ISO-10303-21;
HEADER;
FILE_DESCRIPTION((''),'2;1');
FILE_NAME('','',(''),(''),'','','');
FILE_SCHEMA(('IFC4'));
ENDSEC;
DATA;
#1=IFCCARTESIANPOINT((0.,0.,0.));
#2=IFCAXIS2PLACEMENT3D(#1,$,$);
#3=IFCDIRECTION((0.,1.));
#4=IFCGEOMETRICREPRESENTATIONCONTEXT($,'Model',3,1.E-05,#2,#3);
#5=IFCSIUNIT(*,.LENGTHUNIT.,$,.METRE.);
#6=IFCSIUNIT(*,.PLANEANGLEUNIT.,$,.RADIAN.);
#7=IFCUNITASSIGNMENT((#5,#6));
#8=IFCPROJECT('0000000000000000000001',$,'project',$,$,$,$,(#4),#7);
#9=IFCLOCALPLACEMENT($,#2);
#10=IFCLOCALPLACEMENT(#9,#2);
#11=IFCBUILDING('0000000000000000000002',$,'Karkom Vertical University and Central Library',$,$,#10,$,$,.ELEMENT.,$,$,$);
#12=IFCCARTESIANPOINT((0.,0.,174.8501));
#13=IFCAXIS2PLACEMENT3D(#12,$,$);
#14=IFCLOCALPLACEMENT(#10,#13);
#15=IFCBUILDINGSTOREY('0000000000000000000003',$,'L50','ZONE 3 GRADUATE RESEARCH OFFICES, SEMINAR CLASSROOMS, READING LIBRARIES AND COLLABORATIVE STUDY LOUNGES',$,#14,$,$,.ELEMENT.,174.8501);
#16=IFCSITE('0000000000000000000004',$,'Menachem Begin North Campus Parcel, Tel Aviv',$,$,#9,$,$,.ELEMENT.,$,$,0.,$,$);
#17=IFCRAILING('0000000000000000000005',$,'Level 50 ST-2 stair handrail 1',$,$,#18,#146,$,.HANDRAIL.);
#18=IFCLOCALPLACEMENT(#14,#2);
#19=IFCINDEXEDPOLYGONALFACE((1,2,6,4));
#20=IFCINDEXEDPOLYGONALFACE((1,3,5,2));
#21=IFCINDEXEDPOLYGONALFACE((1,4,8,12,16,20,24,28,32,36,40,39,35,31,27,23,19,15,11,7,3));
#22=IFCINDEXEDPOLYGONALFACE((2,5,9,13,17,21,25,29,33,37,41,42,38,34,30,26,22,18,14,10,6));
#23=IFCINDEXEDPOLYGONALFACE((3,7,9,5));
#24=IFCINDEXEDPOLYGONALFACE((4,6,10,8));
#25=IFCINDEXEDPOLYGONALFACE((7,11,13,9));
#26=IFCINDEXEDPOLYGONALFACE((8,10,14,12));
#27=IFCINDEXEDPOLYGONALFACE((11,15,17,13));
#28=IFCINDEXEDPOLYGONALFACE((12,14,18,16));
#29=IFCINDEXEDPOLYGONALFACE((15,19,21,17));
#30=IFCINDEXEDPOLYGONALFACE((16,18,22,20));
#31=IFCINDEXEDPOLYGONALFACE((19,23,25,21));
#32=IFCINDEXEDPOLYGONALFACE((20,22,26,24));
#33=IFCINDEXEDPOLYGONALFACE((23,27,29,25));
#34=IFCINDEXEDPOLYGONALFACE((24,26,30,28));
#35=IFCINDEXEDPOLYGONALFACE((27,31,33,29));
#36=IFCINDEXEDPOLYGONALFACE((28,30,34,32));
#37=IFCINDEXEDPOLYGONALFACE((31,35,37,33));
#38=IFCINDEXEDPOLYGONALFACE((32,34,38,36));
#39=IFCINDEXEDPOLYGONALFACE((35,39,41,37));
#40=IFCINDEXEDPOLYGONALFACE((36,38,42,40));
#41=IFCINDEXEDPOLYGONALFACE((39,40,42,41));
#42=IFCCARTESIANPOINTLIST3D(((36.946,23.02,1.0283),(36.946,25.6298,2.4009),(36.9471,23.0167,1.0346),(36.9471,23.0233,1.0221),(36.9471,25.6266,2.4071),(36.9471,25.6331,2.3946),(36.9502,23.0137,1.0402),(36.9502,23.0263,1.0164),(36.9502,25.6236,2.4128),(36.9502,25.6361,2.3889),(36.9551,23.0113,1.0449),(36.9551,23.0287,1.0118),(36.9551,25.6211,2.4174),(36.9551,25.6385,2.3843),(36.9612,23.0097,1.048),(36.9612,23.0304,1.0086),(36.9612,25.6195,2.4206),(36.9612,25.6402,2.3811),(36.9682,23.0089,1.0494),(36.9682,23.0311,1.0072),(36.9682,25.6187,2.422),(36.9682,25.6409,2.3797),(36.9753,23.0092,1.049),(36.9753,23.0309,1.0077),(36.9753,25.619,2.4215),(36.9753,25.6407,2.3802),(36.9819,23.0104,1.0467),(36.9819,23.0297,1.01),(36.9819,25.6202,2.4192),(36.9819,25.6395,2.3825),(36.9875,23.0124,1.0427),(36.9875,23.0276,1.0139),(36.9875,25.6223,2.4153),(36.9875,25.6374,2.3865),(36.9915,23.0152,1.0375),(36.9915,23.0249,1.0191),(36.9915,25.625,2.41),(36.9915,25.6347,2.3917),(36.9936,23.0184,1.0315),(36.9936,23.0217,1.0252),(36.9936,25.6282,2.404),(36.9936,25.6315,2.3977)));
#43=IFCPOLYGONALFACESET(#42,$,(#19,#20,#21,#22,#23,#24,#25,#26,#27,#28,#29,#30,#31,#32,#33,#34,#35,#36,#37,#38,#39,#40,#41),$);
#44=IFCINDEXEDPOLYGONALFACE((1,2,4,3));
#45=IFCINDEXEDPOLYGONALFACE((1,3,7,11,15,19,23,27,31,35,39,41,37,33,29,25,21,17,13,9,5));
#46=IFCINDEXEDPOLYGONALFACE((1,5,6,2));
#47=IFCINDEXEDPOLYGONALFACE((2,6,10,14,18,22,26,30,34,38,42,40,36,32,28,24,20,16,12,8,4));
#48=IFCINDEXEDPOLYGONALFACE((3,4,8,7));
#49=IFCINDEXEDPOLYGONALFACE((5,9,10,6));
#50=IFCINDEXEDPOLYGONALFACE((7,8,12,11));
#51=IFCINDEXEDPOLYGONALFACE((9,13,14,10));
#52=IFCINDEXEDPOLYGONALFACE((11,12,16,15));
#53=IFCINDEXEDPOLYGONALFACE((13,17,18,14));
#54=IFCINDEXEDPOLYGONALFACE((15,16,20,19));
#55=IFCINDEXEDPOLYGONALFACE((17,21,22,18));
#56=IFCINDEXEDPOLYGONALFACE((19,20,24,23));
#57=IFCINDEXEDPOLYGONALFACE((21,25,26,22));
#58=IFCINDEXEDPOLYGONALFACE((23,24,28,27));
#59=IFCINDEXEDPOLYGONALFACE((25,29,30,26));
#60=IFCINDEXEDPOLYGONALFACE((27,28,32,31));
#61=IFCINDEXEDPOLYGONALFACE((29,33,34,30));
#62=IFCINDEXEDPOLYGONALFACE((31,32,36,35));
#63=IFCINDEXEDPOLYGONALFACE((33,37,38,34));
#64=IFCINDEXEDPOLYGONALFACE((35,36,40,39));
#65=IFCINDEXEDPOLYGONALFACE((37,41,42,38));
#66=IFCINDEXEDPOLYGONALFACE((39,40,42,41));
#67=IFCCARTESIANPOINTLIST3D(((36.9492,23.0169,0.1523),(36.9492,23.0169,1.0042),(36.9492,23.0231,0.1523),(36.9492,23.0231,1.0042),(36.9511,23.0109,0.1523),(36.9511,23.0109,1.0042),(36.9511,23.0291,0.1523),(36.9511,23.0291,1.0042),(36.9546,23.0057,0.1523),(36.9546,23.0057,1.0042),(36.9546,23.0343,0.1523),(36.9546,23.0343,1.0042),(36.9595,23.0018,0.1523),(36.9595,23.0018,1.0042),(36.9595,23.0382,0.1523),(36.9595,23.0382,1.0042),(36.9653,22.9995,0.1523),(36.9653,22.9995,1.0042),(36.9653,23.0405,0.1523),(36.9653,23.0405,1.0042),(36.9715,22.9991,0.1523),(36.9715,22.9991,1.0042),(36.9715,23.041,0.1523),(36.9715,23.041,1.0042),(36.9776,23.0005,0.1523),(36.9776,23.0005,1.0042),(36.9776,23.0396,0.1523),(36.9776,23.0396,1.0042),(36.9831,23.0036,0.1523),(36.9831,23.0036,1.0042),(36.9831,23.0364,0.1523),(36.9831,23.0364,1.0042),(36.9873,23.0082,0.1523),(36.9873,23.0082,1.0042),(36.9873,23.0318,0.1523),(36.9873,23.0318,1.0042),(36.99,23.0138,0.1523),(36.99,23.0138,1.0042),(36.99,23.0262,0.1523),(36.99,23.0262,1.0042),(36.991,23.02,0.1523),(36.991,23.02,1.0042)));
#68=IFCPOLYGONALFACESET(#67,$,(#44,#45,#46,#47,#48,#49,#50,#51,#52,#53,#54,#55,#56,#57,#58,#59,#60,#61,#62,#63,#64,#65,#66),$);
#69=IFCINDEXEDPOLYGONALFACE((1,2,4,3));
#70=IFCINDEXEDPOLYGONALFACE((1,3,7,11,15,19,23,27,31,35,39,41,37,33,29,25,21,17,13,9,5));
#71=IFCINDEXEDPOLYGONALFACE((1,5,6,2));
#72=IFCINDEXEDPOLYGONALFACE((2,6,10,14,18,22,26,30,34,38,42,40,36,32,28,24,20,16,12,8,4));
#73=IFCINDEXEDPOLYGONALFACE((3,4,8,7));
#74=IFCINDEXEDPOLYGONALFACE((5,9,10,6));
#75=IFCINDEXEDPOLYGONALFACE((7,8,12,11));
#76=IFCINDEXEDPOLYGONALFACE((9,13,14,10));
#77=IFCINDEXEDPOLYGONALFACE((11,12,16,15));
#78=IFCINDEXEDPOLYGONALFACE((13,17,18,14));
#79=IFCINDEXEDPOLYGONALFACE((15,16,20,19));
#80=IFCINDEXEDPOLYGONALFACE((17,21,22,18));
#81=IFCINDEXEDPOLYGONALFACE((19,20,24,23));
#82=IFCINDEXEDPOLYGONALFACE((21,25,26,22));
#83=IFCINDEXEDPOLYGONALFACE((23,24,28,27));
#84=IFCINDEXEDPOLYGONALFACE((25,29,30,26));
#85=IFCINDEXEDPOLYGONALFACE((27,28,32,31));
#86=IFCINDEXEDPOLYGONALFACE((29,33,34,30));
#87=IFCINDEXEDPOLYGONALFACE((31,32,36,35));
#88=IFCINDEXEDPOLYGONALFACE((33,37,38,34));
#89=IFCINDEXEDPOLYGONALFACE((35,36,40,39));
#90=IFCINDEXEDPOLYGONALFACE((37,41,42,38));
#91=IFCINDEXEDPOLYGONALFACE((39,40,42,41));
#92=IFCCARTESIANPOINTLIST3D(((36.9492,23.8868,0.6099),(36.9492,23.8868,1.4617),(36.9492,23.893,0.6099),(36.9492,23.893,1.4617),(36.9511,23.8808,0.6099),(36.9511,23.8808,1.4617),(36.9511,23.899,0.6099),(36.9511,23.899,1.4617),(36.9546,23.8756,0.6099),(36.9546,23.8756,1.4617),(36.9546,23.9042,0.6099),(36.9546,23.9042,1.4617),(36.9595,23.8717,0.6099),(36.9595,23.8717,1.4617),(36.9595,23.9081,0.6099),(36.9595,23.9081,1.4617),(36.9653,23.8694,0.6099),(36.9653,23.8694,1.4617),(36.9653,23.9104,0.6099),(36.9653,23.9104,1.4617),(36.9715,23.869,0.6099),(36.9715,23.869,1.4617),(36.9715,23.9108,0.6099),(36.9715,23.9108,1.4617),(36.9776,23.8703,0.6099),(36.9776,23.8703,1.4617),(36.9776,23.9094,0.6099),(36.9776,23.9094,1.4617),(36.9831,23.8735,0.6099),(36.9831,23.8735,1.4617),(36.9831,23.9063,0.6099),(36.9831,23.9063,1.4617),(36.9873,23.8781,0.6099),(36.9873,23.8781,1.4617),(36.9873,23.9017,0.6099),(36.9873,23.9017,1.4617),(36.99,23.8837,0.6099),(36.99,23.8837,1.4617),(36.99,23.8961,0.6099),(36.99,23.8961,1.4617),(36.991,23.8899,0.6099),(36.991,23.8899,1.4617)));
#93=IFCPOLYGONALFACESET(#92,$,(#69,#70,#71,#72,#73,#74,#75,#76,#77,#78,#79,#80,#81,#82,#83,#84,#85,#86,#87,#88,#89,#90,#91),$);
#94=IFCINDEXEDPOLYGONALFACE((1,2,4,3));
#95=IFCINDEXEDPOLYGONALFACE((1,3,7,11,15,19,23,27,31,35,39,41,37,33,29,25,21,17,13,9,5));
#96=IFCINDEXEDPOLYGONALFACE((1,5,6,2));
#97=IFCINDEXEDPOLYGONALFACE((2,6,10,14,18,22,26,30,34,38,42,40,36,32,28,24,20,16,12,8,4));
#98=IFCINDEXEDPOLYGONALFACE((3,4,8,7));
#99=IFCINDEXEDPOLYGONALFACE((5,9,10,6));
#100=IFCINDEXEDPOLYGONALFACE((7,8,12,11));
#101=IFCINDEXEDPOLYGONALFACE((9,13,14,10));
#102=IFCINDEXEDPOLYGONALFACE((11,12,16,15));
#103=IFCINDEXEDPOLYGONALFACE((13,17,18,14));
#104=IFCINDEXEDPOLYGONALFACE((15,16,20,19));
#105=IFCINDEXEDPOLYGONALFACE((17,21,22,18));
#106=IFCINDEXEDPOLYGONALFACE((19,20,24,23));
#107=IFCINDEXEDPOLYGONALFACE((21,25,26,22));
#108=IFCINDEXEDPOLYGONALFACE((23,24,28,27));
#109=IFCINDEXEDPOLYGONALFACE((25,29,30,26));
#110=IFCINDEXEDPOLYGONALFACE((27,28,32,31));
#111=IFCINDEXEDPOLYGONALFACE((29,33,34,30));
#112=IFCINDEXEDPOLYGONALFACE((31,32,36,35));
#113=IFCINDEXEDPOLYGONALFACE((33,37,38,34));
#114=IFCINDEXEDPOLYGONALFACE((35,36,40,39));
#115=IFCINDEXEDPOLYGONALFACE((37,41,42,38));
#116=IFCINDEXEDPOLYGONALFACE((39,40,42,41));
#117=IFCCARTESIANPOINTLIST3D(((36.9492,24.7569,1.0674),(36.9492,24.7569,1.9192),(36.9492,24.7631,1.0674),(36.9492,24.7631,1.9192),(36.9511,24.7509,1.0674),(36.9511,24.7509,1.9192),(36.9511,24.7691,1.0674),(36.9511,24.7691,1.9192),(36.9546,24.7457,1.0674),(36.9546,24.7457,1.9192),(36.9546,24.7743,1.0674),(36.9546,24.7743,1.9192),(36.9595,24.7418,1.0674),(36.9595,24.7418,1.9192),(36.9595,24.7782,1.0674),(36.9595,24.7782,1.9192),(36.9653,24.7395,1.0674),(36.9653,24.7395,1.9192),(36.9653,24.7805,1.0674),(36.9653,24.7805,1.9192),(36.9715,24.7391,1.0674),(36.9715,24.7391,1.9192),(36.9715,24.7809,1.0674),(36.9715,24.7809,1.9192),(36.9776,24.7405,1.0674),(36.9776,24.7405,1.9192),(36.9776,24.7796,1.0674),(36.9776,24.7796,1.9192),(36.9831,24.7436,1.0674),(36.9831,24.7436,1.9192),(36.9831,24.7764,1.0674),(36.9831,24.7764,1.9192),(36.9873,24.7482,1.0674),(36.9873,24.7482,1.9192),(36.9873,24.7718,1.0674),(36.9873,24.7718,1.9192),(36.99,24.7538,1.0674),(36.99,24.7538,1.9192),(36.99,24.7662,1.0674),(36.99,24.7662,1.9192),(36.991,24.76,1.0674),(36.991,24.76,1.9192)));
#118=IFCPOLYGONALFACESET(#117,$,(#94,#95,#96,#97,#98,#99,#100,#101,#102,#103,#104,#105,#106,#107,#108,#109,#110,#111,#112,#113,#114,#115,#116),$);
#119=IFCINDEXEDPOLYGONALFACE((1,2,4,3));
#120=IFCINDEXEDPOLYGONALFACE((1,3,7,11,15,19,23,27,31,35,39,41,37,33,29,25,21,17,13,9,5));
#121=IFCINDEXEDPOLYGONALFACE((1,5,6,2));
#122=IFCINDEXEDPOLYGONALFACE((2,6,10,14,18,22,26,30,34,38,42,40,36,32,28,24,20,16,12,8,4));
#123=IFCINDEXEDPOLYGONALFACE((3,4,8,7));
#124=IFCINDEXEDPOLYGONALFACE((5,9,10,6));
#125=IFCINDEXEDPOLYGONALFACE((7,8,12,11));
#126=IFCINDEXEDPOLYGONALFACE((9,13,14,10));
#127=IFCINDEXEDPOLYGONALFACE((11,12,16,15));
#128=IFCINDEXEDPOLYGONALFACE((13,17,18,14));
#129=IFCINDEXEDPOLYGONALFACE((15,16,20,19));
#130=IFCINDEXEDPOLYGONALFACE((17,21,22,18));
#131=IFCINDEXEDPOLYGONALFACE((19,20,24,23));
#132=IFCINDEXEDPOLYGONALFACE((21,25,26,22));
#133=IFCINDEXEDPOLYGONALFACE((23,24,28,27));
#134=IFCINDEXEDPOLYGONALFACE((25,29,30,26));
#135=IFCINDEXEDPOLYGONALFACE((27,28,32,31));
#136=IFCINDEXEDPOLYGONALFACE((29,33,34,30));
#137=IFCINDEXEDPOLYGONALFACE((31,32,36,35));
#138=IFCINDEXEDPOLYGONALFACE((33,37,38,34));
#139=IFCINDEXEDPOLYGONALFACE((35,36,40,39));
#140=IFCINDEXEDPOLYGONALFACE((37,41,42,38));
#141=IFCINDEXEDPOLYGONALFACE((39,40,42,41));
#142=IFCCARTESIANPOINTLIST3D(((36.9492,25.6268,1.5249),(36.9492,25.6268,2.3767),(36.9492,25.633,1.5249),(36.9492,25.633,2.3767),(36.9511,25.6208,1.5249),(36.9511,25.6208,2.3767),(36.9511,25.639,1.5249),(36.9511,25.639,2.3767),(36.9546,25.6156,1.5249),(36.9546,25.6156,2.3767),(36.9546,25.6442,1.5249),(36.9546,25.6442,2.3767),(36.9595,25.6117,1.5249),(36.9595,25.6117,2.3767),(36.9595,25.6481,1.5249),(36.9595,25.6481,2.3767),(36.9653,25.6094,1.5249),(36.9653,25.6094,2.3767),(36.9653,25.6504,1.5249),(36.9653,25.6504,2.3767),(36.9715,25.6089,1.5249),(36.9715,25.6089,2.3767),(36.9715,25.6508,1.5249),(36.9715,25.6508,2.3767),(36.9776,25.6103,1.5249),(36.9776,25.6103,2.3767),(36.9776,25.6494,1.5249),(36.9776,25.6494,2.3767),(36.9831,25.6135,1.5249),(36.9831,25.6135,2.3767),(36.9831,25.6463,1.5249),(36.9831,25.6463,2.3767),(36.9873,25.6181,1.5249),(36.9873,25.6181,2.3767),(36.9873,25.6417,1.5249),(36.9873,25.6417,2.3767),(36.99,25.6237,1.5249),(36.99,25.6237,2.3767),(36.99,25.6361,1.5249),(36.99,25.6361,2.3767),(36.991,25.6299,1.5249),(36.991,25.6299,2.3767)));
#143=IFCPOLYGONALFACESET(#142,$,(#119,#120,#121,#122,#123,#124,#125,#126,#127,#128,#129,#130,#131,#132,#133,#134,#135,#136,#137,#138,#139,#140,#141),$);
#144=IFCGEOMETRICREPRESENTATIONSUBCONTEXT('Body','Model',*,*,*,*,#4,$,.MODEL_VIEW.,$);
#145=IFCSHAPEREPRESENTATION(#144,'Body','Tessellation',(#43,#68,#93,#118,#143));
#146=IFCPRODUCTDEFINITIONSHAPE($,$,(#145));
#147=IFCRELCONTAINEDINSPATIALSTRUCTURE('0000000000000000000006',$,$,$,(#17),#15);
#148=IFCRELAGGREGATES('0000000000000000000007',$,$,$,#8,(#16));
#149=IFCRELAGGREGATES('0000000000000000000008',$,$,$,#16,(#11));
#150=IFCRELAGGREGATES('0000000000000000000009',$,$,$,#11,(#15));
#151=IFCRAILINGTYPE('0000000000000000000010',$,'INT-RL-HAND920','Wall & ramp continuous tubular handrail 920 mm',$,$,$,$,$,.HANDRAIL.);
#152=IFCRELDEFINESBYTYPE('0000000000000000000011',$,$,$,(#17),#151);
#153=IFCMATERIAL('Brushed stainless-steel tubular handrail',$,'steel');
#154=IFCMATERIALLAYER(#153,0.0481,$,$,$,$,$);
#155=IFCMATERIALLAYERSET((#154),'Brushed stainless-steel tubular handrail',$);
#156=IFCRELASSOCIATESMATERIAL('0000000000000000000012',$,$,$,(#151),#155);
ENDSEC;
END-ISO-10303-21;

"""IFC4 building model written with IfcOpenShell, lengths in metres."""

from ifc_helpers import new_model, si_unit, direction, frame, origin, origin_2d, place, context, subcontext, project, spatial, circle, extrude, material, layer, layer_set, type_object, element, save


model = new_model("IFC4")

# Units and contexts
model_context = context("Model", 3, precision=1e-05, world=origin(), true_north=direction((0.0, 1.0)))
body_context = subcontext(model_context, "Body", "Model", "MODEL_VIEW")
ifc_project = project(units=[si_unit("LENGTHUNIT", "METRE"), si_unit("PLANEANGLEUNIT", "RADIAN")], contexts=[model_context])

# Site, building, storey
site_placement = place(None, origin())
site = spatial("IfcSite", under=ifc_project, at=site_placement, Name="Menachem Begin North Campus Parcel, Tel Aviv", CompositionType="ELEMENT", RefElevation=0.0)
building_placement = place(site_placement, origin())
building = spatial("IfcBuilding", under=site, at=building_placement, Name="Karkom Vertical University and Central Library", CompositionType="ELEMENT")
storey_placement = place(building_placement, frame((0.0, 0.0, 174.8501)))
storey = spatial("IfcBuildingStorey", under=building, at=storey_placement, Name="L50", Description="ZONE 3 GRADUATE RESEARCH OFFICES, SEMINAR CLASSROOMS, READING LIBRARIES AND COLLABORATIVE STUDY LOUNGES", CompositionType="ELEMENT", Elevation=174.8501)

# Railing
ifc_material_1 = material(Name="Brushed stainless-steel tubular handrail", Category="steel")
ifc_layer_1 = layer(ifc_material_1, 0.0481)
ifc_layer_set_1 = layer_set([ifc_layer_1], Name="Brushed stainless-steel tubular handrail")
railing_type_1 = type_object("IfcRailingType", Name="INT-RL-HAND920", Description="Wall & ramp continuous tubular handrail 920 mm", PredefinedType="HANDRAIL", material=ifc_layer_set_1)
railing_1_placement = place(storey_placement, frame((36.97, 23.02, 0.1523)))
element("IfcRailing", 1, at=railing_1_placement, inside=storey, type_object=railing_type_1, Name="Level 50 ST-2 stair handrail 1", PredefinedType="HANDRAIL", context=body_context, shape_type="SweptSolid", body=[
    extrude(circle(Radius=0.0239, at=origin_2d()), frame((0.0, 0.0, 0.876), z_axis=(0.0, 0.885065, 0.465467), x_axis=(-1.0, 0.0, 0.0)), (0.0, 0.0, 1.0), 2.9487),
    extrude(circle(Radius=0.021, at=origin_2d()), origin(), (0.0, 0.0, 1.0), 0.8518),
    extrude(circle(Radius=0.021, at=origin_2d()), frame((0.0, 0.8699, 0.4575)), (0.0, 0.0, 1.0), 0.8518),
    extrude(circle(Radius=0.021, at=origin_2d()), frame((0.0, 1.74, 0.915)), (0.0, 0.0, 1.0), 0.8518),
    extrude(circle(Radius=0.021, at=origin_2d()), frame((0.0, 2.6099, 1.3726)), (0.0, 0.0, 1.0), 0.8518),
])

save(model, "model.ifc")
